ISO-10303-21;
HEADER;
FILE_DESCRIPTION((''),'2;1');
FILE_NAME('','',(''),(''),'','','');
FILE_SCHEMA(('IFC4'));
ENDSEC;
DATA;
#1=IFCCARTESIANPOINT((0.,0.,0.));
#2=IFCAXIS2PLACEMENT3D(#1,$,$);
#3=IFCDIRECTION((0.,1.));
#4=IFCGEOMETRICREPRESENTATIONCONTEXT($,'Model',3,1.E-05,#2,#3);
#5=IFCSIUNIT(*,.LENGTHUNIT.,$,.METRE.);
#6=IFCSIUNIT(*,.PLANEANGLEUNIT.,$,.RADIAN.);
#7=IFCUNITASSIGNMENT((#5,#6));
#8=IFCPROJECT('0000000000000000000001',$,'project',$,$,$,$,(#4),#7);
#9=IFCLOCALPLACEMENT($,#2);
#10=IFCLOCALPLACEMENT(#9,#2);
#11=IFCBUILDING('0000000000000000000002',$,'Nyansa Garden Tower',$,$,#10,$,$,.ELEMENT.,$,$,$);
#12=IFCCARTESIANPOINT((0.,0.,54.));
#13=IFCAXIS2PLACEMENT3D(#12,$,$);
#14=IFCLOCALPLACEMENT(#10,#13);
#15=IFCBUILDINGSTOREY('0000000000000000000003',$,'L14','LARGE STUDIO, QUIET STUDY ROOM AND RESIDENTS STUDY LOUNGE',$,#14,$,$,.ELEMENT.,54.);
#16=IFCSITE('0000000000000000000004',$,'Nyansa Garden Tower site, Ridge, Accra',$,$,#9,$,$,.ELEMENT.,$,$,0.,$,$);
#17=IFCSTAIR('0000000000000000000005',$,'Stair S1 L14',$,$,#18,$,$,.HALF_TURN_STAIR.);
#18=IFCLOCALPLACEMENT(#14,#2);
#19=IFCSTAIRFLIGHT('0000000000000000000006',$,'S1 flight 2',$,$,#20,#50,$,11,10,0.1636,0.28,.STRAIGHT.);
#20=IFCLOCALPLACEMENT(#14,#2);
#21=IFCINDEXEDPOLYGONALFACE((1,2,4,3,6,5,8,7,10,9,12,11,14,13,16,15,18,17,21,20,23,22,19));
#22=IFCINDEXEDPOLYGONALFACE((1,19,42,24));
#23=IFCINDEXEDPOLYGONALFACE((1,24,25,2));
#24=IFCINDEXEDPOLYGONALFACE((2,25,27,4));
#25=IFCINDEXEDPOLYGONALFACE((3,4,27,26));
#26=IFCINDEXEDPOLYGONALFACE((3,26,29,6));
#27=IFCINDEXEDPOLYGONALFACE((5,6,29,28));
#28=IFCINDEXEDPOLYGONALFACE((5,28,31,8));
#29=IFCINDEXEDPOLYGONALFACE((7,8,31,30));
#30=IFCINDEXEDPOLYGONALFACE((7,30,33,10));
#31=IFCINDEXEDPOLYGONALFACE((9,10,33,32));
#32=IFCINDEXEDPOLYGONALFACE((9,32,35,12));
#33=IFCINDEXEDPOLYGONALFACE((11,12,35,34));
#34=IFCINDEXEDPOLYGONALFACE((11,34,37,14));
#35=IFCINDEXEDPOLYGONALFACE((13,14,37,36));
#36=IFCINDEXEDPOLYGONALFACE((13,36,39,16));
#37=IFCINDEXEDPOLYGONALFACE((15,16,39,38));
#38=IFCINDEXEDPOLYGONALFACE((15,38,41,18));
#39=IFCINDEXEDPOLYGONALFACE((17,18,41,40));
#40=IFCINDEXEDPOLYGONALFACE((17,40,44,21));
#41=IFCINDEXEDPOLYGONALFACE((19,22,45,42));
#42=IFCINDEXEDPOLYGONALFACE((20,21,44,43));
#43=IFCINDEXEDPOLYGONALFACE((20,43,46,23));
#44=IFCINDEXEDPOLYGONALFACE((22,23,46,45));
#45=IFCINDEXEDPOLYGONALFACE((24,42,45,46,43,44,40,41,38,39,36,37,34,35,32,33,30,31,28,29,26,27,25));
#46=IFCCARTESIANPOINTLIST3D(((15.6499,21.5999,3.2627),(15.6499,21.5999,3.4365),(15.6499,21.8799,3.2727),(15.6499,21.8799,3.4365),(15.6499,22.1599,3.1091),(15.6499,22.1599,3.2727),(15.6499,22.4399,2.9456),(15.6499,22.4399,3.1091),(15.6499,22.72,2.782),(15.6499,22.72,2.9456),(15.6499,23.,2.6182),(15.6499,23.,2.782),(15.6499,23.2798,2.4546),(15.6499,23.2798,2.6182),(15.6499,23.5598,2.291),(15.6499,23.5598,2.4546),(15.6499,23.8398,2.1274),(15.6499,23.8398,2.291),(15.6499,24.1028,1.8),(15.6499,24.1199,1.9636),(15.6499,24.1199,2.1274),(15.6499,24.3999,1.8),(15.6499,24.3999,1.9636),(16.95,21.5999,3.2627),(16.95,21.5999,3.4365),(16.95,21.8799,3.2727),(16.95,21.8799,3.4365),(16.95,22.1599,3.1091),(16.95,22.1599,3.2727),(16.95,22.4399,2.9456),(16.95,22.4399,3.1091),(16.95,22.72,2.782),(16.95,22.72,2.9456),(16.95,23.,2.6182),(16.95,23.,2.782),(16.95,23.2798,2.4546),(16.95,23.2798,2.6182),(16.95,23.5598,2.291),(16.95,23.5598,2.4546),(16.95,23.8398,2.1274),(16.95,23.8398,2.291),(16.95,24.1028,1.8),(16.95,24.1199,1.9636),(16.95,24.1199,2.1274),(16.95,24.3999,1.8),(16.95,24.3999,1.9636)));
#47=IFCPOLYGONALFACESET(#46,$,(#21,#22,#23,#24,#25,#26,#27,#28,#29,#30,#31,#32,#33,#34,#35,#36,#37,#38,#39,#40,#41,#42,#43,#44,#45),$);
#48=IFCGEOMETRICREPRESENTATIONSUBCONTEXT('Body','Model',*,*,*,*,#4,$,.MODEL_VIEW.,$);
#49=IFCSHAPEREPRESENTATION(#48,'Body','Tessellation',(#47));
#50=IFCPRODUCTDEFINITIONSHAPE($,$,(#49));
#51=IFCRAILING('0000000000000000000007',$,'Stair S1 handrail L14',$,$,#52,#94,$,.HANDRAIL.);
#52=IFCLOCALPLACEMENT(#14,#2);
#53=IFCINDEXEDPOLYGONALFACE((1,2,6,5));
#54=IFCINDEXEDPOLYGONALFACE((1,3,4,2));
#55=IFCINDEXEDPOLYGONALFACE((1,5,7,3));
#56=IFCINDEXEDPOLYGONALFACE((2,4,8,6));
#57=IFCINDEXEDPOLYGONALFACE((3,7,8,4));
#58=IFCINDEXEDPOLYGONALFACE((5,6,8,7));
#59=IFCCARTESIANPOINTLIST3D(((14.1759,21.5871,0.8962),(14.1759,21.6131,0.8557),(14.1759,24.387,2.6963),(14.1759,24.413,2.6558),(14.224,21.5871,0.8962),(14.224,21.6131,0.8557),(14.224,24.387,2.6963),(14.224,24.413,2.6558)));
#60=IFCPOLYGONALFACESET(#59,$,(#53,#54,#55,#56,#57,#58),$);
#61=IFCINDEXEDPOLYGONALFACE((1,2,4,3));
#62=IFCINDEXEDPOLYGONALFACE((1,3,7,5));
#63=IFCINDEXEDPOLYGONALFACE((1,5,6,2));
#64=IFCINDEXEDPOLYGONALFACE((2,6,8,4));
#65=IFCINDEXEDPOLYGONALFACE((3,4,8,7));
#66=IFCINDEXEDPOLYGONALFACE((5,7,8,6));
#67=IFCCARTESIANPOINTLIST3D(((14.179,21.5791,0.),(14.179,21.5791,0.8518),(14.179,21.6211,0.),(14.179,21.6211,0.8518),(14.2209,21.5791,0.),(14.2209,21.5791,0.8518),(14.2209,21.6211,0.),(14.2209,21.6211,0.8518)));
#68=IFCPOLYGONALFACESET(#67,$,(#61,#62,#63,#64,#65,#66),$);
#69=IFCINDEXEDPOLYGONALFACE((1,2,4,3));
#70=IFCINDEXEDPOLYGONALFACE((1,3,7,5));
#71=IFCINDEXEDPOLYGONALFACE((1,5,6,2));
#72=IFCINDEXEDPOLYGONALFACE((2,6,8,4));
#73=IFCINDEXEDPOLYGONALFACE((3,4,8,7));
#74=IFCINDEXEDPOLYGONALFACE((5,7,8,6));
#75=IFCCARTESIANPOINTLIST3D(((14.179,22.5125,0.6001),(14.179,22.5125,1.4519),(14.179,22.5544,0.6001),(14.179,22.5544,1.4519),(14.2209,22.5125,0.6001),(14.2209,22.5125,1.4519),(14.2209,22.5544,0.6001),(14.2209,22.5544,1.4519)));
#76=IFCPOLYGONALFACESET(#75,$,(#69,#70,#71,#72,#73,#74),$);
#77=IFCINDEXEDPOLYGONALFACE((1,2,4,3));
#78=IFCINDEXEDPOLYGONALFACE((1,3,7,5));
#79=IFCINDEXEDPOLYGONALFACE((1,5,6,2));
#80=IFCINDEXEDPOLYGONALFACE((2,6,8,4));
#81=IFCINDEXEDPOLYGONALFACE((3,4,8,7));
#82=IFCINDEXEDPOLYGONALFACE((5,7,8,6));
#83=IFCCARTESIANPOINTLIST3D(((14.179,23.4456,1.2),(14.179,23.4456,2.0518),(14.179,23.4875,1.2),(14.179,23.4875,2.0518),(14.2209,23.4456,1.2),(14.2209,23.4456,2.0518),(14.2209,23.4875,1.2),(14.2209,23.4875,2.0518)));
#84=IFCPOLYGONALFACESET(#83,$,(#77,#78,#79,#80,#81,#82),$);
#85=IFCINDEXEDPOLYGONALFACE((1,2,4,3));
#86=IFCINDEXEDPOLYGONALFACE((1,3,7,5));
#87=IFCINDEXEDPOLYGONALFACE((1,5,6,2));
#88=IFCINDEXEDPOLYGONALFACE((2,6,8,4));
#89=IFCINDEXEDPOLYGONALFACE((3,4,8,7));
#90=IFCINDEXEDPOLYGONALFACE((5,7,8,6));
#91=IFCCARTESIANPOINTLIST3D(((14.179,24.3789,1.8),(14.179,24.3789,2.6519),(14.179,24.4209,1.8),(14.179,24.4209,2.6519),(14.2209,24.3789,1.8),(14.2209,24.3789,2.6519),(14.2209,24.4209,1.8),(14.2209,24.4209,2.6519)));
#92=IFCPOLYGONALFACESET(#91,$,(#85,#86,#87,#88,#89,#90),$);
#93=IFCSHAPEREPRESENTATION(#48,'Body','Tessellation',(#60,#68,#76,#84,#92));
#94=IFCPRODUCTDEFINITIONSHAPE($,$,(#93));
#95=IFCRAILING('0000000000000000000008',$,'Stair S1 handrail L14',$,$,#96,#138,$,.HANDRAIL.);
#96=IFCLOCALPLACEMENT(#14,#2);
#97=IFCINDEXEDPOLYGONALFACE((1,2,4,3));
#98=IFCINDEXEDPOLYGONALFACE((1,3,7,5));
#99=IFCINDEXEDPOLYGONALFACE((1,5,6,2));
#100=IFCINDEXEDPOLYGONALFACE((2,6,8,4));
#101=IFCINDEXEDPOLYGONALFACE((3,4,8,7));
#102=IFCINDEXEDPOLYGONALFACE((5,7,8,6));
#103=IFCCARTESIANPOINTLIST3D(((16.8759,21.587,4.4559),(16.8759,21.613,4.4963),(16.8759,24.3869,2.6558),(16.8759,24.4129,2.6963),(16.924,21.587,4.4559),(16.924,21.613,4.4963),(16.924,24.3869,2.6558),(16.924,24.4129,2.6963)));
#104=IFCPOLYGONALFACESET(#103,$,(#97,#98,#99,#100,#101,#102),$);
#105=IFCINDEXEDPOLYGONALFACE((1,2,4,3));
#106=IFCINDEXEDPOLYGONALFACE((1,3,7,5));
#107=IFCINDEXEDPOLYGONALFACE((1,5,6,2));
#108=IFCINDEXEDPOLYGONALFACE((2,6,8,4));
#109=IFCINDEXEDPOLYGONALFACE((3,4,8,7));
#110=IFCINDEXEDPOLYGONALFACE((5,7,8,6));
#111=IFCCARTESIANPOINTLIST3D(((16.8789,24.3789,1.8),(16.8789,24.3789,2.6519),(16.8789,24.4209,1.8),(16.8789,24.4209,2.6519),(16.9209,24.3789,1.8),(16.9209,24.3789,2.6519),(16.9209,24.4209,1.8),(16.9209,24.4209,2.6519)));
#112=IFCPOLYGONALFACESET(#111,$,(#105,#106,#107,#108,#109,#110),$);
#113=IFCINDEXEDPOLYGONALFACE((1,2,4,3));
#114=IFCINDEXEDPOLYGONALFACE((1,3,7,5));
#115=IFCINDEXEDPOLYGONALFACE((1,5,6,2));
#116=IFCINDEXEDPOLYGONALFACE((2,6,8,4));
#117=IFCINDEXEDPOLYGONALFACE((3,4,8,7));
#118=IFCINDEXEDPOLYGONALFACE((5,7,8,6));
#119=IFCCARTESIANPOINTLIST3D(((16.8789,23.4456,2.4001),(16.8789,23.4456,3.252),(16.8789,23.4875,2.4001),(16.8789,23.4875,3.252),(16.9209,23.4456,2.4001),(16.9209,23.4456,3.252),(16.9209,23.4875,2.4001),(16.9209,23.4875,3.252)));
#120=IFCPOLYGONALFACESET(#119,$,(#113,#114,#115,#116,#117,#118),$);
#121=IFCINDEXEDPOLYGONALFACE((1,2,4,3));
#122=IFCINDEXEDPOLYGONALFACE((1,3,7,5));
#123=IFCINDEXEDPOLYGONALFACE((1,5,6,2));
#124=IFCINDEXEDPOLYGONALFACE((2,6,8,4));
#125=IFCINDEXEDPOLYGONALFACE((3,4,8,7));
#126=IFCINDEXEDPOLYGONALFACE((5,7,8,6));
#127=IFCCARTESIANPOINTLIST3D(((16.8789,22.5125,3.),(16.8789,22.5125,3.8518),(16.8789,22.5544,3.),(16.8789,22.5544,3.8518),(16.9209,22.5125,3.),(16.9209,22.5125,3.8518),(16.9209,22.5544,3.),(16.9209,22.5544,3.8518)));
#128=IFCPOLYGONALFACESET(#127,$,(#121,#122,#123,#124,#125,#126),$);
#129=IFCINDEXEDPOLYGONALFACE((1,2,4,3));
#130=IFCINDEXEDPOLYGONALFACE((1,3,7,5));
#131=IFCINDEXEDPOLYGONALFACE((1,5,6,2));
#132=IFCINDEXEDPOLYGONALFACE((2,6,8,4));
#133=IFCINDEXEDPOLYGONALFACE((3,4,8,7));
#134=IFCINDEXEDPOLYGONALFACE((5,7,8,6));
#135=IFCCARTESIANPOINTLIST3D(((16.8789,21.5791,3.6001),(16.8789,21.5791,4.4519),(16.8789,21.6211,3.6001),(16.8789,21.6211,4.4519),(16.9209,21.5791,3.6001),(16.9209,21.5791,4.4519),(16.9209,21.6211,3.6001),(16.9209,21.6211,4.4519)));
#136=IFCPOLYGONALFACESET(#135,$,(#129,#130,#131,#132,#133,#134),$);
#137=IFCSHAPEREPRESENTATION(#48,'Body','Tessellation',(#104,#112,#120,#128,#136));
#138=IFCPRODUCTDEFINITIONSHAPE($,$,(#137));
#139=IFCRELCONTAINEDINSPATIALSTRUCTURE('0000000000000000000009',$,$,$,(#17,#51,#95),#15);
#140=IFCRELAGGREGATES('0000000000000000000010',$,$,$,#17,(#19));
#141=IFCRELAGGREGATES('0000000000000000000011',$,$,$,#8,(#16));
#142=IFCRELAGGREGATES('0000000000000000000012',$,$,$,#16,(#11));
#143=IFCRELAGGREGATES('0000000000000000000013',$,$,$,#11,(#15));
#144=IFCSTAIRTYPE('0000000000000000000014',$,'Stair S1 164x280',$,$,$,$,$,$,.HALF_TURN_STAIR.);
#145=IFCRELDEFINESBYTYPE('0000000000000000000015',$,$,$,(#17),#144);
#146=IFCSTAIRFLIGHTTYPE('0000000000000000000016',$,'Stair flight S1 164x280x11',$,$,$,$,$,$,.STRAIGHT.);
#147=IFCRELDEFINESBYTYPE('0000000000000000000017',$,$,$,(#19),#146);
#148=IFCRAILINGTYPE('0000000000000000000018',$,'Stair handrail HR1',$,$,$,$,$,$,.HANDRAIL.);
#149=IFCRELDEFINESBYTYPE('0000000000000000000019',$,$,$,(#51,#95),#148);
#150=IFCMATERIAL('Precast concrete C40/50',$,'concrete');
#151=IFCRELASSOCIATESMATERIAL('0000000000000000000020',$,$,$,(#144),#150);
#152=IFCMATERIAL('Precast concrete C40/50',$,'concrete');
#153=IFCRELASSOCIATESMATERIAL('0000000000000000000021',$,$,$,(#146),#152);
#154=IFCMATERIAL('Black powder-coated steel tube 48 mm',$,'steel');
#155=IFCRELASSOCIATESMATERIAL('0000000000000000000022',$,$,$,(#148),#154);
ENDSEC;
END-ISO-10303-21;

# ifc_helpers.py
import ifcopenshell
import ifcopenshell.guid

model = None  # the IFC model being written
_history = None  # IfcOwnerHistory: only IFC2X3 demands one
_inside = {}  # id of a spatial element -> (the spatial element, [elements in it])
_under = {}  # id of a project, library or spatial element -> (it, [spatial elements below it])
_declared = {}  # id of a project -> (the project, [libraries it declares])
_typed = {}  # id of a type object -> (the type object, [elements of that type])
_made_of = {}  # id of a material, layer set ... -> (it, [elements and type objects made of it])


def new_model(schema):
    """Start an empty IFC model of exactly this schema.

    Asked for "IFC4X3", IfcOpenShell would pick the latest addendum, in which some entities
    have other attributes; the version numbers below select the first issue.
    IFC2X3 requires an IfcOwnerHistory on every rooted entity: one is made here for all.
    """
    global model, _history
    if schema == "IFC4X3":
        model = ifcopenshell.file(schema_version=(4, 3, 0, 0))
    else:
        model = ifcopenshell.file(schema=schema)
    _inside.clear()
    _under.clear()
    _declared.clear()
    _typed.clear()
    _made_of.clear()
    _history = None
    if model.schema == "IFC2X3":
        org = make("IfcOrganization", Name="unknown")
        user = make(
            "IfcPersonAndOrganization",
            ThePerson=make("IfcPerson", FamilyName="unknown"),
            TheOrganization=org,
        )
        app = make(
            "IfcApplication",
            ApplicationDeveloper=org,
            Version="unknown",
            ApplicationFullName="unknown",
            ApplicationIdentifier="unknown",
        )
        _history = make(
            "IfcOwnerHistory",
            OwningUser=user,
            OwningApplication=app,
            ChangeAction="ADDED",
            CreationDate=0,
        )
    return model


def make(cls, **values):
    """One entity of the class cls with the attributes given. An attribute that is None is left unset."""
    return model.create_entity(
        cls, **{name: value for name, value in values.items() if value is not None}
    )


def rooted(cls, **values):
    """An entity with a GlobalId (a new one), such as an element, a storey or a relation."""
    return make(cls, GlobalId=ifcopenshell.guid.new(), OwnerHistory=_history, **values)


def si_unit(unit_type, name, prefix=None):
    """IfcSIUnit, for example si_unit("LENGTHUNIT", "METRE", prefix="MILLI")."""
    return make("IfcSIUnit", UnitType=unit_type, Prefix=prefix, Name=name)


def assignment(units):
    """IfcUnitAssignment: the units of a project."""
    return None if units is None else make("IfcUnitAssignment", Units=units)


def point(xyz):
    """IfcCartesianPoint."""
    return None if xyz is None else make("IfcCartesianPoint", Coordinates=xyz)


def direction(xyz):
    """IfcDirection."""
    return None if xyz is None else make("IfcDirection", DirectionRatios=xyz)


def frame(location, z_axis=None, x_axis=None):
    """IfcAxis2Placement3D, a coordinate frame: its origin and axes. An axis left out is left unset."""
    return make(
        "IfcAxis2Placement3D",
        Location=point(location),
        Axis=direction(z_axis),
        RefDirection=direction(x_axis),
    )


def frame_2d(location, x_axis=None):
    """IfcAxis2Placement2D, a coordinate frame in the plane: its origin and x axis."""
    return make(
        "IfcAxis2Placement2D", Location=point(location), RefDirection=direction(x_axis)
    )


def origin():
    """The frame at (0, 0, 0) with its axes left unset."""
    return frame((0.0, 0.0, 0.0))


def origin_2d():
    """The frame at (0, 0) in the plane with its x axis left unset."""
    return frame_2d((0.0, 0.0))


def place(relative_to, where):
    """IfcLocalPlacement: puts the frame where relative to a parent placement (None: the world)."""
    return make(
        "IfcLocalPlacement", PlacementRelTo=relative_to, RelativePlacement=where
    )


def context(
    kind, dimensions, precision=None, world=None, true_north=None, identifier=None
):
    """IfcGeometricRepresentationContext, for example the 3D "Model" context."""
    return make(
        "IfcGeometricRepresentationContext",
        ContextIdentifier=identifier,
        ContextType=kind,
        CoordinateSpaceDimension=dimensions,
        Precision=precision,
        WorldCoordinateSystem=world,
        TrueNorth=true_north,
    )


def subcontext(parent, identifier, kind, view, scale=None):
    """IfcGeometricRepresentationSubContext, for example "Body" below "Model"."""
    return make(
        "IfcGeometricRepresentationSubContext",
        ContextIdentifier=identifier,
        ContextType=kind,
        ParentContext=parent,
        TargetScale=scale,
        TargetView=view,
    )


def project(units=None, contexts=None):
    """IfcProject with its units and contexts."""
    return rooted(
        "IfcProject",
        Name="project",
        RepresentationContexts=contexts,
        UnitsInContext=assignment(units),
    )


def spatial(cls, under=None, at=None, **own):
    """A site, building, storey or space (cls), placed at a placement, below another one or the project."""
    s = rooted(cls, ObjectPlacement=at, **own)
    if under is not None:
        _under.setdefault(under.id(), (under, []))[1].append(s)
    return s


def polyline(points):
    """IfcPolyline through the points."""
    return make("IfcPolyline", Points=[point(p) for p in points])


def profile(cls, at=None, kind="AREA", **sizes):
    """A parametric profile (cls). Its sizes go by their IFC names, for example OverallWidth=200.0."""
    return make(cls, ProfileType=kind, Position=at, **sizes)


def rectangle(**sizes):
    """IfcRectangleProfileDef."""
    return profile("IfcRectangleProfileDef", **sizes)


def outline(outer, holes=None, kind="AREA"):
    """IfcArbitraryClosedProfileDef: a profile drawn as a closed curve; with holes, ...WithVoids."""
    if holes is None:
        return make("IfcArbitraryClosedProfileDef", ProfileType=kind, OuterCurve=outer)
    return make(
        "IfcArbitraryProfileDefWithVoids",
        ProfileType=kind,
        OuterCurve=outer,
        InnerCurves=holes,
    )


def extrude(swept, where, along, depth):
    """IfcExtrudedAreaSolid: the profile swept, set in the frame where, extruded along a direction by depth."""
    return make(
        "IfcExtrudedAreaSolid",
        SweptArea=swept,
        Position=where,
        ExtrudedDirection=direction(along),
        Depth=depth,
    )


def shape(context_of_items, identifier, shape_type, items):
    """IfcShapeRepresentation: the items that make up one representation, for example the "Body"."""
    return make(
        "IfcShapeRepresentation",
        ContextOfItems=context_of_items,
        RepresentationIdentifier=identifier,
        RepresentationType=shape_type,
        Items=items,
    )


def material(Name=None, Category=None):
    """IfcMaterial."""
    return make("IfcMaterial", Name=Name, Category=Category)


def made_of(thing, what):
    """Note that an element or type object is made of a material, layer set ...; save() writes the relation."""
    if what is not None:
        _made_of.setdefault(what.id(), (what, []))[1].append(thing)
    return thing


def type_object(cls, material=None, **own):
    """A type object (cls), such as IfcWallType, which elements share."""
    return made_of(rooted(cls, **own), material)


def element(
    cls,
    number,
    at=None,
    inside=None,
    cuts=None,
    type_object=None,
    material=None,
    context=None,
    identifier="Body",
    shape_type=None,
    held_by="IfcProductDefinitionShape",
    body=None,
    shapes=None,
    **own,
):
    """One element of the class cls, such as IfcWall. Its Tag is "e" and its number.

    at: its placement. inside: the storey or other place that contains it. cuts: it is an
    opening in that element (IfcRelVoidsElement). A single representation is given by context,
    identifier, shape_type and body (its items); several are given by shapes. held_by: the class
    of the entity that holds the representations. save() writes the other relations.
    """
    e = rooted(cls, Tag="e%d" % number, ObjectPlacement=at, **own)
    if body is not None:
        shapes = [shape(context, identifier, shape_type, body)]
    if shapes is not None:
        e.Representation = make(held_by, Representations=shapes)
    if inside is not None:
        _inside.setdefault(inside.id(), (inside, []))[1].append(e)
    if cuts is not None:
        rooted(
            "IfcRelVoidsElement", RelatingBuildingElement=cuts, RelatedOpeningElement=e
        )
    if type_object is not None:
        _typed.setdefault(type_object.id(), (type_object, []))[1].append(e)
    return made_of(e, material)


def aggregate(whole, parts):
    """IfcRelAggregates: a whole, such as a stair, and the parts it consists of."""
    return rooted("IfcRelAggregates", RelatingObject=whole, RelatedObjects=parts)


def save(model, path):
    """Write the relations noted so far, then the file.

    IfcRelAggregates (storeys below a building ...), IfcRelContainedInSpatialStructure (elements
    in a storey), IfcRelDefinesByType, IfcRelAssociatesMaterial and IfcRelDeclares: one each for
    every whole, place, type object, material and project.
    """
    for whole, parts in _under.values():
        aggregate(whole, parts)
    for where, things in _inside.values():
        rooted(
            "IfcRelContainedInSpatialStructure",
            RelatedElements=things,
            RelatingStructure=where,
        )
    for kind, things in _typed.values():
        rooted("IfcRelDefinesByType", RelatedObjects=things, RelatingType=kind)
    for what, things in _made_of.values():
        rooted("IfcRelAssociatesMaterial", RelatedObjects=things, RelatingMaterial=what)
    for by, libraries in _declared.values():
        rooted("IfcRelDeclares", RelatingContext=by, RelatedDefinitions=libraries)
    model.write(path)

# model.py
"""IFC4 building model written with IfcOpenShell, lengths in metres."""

from ifc_helpers import new_model, si_unit, direction, frame, origin, origin_2d, place, context, subcontext, project, spatial, polyline, rectangle, outline, extrude, material, type_object, element, aggregate, save


model = new_model("IFC4")

# Units and contexts
model_context = context("Model", 3, precision=1e-05, world=origin(), true_north=direction((0.0, 1.0)))
body_context = subcontext(model_context, "Body", "Model", "MODEL_VIEW")
ifc_project = project(units=[si_unit("LENGTHUNIT", "METRE"), si_unit("PLANEANGLEUNIT", "RADIAN")], contexts=[model_context])

# Site, building, storey
site_placement = place(None, origin())
site = spatial("IfcSite", under=ifc_project, at=site_placement, Name="Nyansa Garden Tower site, Ridge, Accra", CompositionType="ELEMENT", RefElevation=0.0)
building_placement = place(site_placement, origin())
building = spatial("IfcBuilding", under=site, at=building_placement, Name="Nyansa Garden Tower", CompositionType="ELEMENT")
storey_placement = place(building_placement, frame((0.0, 0.0, 54.0)))
storey = spatial("IfcBuildingStorey", under=building, at=storey_placement, Name="L14", Description="LARGE STUDIO, QUIET STUDY ROOM AND RESIDENTS STUDY LOUNGE", CompositionType="ELEMENT", Elevation=54.0)

# Stair, stair flight
ifc_material_1 = material(Name="Precast concrete C40/50", Category="concrete")
stair_type = type_object("IfcStairType", Name="Stair S1 164x280", PredefinedType="HALF_TURN_STAIR", material=ifc_material_1)
stair_placement = place(storey_placement, origin())
stair = element("IfcStair", 1, at=stair_placement, inside=storey, type_object=stair_type, Name="Stair S1 L14", PredefinedType="HALF_TURN_STAIR")
ifc_material_2 = material(Name="Precast concrete C40/50", Category="concrete")
stair_flight_type = type_object("IfcStairFlightType", Name="Stair flight S1 164x280x11", PredefinedType="STRAIGHT", material=ifc_material_2)
stair_flight_1_placement = place(storey_placement, frame((16.3, 24.3999, 1.8), z_axis=(0.0, 0.0, 1.0), x_axis=(0.0, -1.0, 0.0)))
stair_flight_1 = element("IfcStairFlight", 2, at=stair_flight_1_placement, type_object=stair_flight_type, Name="S1 flight 2", NumberOfRisers=11, NumberOfTreads=10, PredefinedType="STRAIGHT", RiserHeight=0.1636, TreadLength=0.28, context=body_context, shape_type="SweptSolid", body=[
    extrude(outline(polyline([(0.0, 0.0), (0.0, 0.1636), (0.28, 0.1636), (0.28, 0.3274), (0.5601, 0.3274), (0.5601, 0.491), (0.8401, 0.491), (0.8401, 0.6545), (1.1201, 0.6545), (1.1201, 0.8181), (1.3999, 0.8181), (1.3999, 0.9819), (1.6799, 0.9819), (1.6799, 1.1455), (1.96, 1.1455), (1.96, 1.3091), (2.24, 1.3091), (2.24, 1.4727), (2.52, 1.4727), (2.52, 1.6365), (2.8, 1.6365), (2.8, 1.8), (2.8, 1.4626), (0.2971, 0.0), (0.0, 0.0)])), frame((0.0, 0.6499, 0.0), z_axis=(0.0, -1.0, 0.0), x_axis=(1.0, 0.0, 0.0)), (0.0, 0.0, 1.0), 1.3),
])
aggregate(stair, [stair_flight_1])

# Railings
ifc_material_3 = material(Name="Black powder-coated steel tube 48 mm", Category="steel")
railing_type = type_object("IfcRailingType", Name="Stair handrail HR1", PredefinedType="HANDRAIL", material=ifc_material_3)
railing_1_placement = place(storey_placement, frame((14.2, 21.6001, 0.0)))
element("IfcRailing", 3, at=railing_1_placement, inside=storey, type_object=railing_type, Name="Stair S1 handrail L14", PredefinedType="HANDRAIL", context=body_context, shape_type="SweptSolid", body=[
    extrude(rectangle(XDim=0.0481, YDim=0.0481, at=origin_2d()), frame((0.0, 0.0, 0.876), z_axis=(0.0, 0.841155, 0.540795), x_axis=(-1.0, 0.0, 0.0)), (0.0, 0.0, 1.0), 3.3286),
    extrude(rectangle(XDim=0.042, YDim=0.042, at=origin_2d()), origin(), (0.0, 0.0, 1.0), 0.8518),
    extrude(rectangle(XDim=0.042, YDim=0.042, at=origin_2d()), frame((0.0, 0.9333, 0.6001)), (0.0, 0.0, 1.0), 0.8518),
    extrude(rectangle(XDim=0.042, YDim=0.042, at=origin_2d()), frame((0.0, 1.8665, 1.2)), (0.0, 0.0, 1.0), 0.8518),
    extrude(rectangle(XDim=0.042, YDim=0.042, at=origin_2d()), frame((0.0, 2.7998, 1.8)), (0.0, 0.0, 1.0), 0.8518),
])
railing_2_placement = place(storey_placement, frame((16.8999, 24.3999, 1.8)))
element("IfcRailing", 4, at=railing_2_placement, inside=storey, type_object=railing_type, Name="Stair S1 handrail L14", PredefinedType="HANDRAIL", context=body_context, shape_type="SweptSolid", body=[
    extrude(rectangle(XDim=0.0481, YDim=0.0481, at=origin_2d()), frame((0.0, 0.0, 0.876), z_axis=(0.0, -0.841155, 0.540795), x_axis=(1.0, 0.0, 0.0)), (0.0, 0.0, 1.0), 3.3286),
    extrude(rectangle(XDim=0.042, YDim=0.042, at=origin_2d()), origin(), (0.0, 0.0, 1.0), 0.8518),
    extrude(rectangle(XDim=0.042, YDim=0.042, at=origin_2d()), frame((0.0, -0.9333, 0.6001)), (0.0, 0.0, 1.0), 0.8518),
    extrude(rectangle(XDim=0.042, YDim=0.042, at=origin_2d()), frame((0.0, -1.8665, 1.2)), (0.0, 0.0, 1.0), 0.8518),
    extrude(rectangle(XDim=0.042, YDim=0.042, at=origin_2d()), frame((0.0, -2.7998, 1.8)), (0.0, 0.0, 1.0), 0.8518),
])

save(model, "model.ifc")
